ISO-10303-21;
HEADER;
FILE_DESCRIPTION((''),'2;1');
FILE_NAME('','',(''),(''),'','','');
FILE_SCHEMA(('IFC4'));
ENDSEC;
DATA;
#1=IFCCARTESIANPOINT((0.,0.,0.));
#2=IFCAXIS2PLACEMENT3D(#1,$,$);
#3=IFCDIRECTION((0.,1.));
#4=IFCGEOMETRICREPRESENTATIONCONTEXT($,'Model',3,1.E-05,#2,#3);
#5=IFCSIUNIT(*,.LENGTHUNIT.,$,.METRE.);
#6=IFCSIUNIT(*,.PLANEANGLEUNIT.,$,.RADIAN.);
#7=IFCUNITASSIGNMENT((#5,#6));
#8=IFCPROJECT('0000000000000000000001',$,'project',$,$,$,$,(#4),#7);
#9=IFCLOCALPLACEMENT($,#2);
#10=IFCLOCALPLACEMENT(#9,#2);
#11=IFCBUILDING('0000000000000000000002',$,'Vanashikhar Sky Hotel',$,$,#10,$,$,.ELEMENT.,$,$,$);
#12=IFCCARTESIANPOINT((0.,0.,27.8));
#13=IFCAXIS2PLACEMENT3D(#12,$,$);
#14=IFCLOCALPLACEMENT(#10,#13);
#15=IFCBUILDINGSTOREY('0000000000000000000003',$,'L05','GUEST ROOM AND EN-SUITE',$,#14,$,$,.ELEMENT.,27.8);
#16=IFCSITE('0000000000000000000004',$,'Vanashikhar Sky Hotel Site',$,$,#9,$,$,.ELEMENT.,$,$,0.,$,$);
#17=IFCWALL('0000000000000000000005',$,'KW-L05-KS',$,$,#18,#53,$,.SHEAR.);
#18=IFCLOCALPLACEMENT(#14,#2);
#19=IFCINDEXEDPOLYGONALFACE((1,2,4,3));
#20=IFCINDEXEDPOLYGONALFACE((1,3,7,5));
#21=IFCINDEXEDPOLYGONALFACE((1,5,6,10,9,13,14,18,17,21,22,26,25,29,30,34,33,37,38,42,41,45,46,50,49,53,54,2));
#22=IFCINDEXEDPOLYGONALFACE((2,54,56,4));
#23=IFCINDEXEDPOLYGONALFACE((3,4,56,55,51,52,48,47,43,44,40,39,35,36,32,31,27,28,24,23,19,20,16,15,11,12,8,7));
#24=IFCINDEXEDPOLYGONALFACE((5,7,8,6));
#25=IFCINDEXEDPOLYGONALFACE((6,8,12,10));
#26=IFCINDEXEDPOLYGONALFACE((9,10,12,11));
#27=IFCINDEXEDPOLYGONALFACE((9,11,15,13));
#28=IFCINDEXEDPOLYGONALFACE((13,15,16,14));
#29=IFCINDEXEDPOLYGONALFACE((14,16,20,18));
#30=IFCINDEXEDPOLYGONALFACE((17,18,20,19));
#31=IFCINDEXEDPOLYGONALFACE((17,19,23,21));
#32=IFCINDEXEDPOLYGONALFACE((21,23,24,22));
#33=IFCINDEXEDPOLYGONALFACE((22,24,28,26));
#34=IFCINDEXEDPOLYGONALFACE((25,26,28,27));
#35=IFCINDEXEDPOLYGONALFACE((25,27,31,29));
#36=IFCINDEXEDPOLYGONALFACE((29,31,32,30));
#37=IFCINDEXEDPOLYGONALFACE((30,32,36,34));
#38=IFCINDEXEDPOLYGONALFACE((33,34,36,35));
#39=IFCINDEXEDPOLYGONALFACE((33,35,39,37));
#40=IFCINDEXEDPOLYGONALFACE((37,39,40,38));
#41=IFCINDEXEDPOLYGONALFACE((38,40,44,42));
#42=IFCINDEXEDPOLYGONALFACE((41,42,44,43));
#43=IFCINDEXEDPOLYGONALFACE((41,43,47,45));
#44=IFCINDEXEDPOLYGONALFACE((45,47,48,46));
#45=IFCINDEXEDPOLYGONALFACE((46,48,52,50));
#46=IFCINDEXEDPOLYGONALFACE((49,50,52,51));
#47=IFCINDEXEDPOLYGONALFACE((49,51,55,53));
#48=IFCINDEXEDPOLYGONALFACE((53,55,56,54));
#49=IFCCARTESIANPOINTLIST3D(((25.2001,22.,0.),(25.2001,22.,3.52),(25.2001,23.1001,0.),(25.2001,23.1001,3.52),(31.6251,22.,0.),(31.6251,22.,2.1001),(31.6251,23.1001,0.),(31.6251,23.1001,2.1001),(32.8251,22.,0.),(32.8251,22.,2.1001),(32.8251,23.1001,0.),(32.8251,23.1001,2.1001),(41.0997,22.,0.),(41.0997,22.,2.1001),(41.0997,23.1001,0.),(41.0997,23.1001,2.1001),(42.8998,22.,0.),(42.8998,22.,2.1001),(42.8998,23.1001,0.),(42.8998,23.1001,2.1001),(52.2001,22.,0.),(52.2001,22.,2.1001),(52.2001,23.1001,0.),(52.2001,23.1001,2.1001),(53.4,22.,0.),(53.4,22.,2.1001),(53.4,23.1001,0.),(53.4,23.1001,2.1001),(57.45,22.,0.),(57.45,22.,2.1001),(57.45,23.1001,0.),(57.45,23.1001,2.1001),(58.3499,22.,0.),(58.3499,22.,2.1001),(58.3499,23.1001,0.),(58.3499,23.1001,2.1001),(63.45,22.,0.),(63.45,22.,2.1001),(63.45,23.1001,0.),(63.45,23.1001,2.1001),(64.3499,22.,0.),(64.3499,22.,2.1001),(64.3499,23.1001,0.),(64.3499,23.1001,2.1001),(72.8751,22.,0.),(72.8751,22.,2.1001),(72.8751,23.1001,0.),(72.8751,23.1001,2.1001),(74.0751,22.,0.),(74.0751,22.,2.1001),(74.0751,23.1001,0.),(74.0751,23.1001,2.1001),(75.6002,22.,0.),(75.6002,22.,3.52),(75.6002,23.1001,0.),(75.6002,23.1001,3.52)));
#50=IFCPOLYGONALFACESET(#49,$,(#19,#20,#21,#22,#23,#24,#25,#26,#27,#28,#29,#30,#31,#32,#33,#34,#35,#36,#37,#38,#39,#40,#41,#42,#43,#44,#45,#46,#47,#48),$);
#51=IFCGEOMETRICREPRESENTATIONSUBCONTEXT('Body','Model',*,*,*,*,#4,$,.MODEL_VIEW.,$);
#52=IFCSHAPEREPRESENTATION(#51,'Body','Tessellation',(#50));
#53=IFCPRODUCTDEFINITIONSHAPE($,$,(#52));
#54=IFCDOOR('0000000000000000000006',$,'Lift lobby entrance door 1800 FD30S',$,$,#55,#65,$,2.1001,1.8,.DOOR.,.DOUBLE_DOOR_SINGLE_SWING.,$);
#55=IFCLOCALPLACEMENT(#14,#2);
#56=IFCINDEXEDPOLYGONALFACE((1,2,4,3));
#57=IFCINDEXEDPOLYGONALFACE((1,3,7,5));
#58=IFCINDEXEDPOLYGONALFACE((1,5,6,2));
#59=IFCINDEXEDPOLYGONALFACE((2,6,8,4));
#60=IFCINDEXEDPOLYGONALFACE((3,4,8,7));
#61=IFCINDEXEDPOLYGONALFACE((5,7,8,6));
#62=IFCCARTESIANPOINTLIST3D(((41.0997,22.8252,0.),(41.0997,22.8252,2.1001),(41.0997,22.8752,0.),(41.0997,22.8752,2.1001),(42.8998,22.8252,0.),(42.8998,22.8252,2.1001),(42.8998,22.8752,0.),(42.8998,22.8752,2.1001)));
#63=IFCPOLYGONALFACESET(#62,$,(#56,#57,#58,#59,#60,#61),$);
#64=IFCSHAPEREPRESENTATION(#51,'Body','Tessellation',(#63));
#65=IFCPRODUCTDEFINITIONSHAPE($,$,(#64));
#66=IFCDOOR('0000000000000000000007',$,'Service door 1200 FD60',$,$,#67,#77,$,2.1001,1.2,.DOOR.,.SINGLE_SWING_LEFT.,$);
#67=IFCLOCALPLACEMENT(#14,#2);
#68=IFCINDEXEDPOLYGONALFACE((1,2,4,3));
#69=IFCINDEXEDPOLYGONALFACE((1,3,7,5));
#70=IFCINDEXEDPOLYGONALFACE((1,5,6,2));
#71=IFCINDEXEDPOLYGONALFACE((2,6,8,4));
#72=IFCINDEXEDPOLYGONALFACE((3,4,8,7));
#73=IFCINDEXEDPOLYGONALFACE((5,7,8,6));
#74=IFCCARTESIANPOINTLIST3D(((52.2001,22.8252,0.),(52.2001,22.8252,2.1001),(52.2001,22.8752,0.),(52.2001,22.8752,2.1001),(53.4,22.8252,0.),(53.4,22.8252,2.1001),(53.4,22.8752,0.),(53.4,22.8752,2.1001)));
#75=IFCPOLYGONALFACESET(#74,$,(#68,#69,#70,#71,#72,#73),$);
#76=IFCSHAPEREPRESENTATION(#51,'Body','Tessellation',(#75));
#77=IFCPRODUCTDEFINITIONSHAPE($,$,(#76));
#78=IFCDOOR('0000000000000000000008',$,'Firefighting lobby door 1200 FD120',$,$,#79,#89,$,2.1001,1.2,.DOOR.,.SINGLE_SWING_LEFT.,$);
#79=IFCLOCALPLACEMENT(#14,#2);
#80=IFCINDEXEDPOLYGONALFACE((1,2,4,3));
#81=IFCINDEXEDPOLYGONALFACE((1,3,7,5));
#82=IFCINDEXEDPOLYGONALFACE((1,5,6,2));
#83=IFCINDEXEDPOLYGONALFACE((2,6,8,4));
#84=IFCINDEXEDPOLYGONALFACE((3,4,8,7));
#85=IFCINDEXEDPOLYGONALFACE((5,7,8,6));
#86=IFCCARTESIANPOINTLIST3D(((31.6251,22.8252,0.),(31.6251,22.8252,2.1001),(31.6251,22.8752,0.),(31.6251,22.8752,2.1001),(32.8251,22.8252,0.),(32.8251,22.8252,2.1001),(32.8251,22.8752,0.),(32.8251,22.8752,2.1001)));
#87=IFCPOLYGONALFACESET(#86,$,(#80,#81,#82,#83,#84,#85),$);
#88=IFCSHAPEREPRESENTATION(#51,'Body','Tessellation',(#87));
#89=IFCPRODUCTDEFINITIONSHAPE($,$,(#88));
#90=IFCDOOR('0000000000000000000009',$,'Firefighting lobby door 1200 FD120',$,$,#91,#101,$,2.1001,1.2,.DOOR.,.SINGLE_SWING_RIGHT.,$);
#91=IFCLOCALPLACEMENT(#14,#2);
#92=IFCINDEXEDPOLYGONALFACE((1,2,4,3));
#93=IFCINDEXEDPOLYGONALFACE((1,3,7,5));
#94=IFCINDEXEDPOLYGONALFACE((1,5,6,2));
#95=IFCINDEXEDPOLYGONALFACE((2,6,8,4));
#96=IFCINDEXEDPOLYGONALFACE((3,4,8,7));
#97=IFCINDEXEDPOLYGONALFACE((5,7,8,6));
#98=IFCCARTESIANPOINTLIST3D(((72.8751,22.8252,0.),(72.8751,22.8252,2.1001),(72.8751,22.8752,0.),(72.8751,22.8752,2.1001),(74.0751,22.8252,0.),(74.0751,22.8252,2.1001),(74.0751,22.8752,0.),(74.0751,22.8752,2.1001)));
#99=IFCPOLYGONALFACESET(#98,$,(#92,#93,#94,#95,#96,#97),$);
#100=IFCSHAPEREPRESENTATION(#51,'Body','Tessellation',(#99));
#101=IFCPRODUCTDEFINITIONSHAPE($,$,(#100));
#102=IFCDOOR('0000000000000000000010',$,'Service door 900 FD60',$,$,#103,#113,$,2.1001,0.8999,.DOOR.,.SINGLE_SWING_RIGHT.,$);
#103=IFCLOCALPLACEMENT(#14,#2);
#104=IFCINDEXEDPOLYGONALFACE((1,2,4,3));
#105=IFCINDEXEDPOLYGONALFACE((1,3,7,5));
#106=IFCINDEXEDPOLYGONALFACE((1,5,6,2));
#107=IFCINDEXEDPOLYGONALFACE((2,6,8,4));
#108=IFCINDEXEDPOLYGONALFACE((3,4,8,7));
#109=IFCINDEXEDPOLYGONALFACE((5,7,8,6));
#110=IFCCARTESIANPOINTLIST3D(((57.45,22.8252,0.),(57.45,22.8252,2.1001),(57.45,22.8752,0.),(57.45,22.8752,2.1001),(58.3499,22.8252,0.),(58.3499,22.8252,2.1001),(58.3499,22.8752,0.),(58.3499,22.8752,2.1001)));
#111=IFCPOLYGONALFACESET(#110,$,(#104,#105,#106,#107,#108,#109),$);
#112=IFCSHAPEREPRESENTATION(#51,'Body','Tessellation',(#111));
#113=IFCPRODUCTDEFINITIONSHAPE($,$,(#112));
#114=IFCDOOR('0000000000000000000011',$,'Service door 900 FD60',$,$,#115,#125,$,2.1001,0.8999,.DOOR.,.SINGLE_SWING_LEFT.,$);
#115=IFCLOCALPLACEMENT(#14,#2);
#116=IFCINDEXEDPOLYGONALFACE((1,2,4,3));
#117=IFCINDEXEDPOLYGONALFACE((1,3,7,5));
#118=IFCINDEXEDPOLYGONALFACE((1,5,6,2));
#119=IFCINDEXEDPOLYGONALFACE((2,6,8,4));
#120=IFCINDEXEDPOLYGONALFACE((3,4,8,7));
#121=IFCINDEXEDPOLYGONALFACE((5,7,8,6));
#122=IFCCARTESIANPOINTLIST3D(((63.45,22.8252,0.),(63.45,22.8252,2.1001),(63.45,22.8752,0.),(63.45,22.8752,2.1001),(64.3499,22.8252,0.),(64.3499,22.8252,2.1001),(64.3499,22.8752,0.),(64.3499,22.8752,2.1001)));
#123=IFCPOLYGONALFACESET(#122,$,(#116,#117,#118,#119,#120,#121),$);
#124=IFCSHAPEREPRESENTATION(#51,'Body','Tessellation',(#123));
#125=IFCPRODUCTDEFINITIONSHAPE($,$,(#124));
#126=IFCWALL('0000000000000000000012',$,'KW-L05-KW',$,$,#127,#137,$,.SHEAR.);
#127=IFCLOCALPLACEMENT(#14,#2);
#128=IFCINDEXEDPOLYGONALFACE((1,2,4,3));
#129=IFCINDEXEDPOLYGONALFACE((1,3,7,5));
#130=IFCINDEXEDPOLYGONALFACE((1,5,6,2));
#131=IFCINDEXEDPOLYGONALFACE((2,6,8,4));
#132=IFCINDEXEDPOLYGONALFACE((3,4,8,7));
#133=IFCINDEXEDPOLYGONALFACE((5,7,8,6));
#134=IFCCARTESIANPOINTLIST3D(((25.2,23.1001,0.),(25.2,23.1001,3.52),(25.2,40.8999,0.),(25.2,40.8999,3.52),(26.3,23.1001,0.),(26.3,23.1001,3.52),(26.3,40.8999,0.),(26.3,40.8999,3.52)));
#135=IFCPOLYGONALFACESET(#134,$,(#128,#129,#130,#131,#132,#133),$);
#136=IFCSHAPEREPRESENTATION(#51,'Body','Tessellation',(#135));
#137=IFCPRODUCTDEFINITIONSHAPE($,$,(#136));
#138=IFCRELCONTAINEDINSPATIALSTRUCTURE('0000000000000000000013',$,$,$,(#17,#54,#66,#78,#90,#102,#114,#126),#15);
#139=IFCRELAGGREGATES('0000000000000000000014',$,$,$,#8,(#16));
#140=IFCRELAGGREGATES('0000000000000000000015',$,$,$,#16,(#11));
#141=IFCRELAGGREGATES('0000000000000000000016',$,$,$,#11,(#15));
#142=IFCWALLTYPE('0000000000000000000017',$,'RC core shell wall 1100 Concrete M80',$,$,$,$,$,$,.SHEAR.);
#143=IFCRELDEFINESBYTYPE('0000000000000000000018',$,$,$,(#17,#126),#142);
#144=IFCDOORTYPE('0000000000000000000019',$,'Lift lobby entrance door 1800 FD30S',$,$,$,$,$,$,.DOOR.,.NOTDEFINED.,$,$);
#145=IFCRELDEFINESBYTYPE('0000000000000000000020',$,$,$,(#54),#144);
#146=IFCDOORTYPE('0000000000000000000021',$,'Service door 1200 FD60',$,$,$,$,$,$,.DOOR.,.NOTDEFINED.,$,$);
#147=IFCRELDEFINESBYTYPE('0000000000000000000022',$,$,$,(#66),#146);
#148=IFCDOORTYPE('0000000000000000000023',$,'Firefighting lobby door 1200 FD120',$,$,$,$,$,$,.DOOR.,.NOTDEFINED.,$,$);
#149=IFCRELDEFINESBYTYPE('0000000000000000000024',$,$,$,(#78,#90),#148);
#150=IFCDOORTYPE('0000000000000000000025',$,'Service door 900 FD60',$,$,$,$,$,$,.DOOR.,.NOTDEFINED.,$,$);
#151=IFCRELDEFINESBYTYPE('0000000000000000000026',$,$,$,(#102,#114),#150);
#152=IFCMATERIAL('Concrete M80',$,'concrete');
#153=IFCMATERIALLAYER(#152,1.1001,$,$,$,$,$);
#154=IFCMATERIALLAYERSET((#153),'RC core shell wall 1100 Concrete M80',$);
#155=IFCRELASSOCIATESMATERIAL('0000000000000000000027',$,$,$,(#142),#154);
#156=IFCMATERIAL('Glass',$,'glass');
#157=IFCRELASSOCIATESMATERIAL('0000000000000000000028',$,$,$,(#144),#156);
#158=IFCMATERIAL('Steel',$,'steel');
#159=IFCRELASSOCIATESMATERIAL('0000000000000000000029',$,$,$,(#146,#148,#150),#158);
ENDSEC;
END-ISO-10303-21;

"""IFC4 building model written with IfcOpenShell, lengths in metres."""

from ifc_helpers import new_model, si_unit, direction, frame, frame_2d, origin, place, context, subcontext, project, spatial, rectangle, extrude, source, transform, mapped, material, layer, layer_set, type_object, element, fill, save


model = new_model("IFC4")

# Units and contexts
model_context = context("Model", 3, precision=1e-05, world=origin(), true_north=direction((0.0, 1.0)))
body_context = subcontext(model_context, "Body", "Model", "MODEL_VIEW")
ifc_project = project(units=[si_unit("LENGTHUNIT", "METRE"), si_unit("PLANEANGLEUNIT", "RADIAN")], contexts=[model_context])

# Site, building, storey
site_placement = place(None, origin())
site = spatial("IfcSite", under=ifc_project, at=site_placement, Name="Vanashikhar Sky Hotel Site", CompositionType="ELEMENT", RefElevation=0.0)
building_placement = place(site_placement, origin())
building = spatial("IfcBuilding", under=site, at=building_placement, Name="Vanashikhar Sky Hotel", CompositionType="ELEMENT")
storey_placement = place(building_placement, frame((0.0, 0.0, 27.8)))
storey = spatial("IfcBuildingStorey", under=building, at=storey_placement, Name="L05", Description="GUEST ROOM AND EN-SUITE", CompositionType="ELEMENT", Elevation=27.8)

# Wall, openings, doors
ifc_material_1 = material(Name="Concrete M80", Category="concrete")
ifc_layer_1 = layer(ifc_material_1, 1.1001)
ifc_layer_set_1 = layer_set([ifc_layer_1], Name="RC core shell wall 1100 Concrete M80")
wall_type_1 = type_object("IfcWallType", Name="RC core shell wall 1100 Concrete M80", PredefinedType="SHEAR", material=ifc_layer_set_1)
shared_shape_1 = source(origin(), body_context, "Body", "SweptSolid", [
    extrude(rectangle(XDim=50.4001, YDim=1.1001, at=frame_2d((25.2002, 0.0))), origin(), (0.0, 0.0, 1.0), 3.52),
])
wall_1_placement = place(storey_placement, frame((25.2, 22.55, 0.0), z_axis=(0.0, 0.0, 1.0), x_axis=(1.0, 0.0, 0.0)))
wall_1 = element("IfcWall", 1, at=wall_1_placement, inside=storey, type_object=wall_type_1, Name="KW-L05-KS", PredefinedType="SHEAR", context=body_context, shape_type="MappedRepresentation", body=[
    mapped(shared_shape_1, transform((0.0, 0.0, 0.0), scale=1.0)),
])
shared_shape_2 = source(origin(), body_context, "Body", "SweptSolid", [
    extrude(rectangle(XDim=1.8, YDim=2.1001, at=frame_2d((0.8999, 1.05))), frame((0.0, 0.5601, 0.0), z_axis=(0.0, -1.0, 0.0), x_axis=(1.0, 0.0, 0.0)), (0.0, 0.0, 1.0), 1.1201),
])
opening_1_placement = place(wall_1_placement, frame((15.8999, 0.0, 0.0)))
opening_1 = element("IfcOpeningElement", 2, at=opening_1_placement, cuts=wall_1, PredefinedType="OPENING", context=body_context, shape_type="MappedRepresentation", body=[
    mapped(shared_shape_2, transform((0.0, 0.0, 0.0), scale=1.0)),
])
shared_shape_3 = source(origin(), body_context, "Body", "SweptSolid", [
    extrude(rectangle(XDim=1.2, YDim=2.1001, at=frame_2d((0.6001, 1.05))), frame((0.0, 0.5601, 0.0), z_axis=(0.0, -1.0, 0.0), x_axis=(1.0, 0.0, 0.0)), (0.0, 0.0, 1.0), 1.1201),
])
opening_2_placement = place(wall_1_placement, frame((27.0, 0.0, 0.0)))
opening_2 = element("IfcOpeningElement", 3, at=opening_2_placement, cuts=wall_1, PredefinedType="OPENING", context=body_context, shape_type="MappedRepresentation", body=[
    mapped(shared_shape_3, transform((0.0, 0.0, 0.0), scale=1.0)),
])
shared_shape_4 = source(origin(), body_context, "Body", "SweptSolid", [
    extrude(rectangle(XDim=0.8999, YDim=2.1001, at=frame_2d((0.45, 1.05))), frame((0.0, 0.5601, 0.0), z_axis=(0.0, -1.0, 0.0), x_axis=(1.0, 0.0, 0.0)), (0.0, 0.0, 1.0), 1.1201),
])
opening_3_placement = place(wall_1_placement, frame((32.25, 0.0, 0.0)))
opening_3 = element("IfcOpeningElement", 4, at=opening_3_placement, cuts=wall_1, PredefinedType="OPENING", context=body_context, shape_type="MappedRepresentation", body=[
    mapped(shared_shape_4, transform((0.0, 0.0, 0.0), scale=1.0)),
])
opening_4_placement = place(wall_1_placement, frame((38.25, 0.0, 0.0)))
opening_4 = element("IfcOpeningElement", 5, at=opening_4_placement, cuts=wall_1, PredefinedType="OPENING", context=body_context, shape_type="MappedRepresentation", body=[
    mapped(shared_shape_4, transform((0.0, 0.0, 0.0), scale=1.0)),
])
opening_5_placement = place(wall_1_placement, frame((6.425, 0.0, 0.0)))
opening_5 = element("IfcOpeningElement", 6, at=opening_5_placement, cuts=wall_1, PredefinedType="OPENING", context=body_context, shape_type="MappedRepresentation", body=[
    mapped(shared_shape_3, transform((0.0, 0.0, 0.0), scale=1.0)),
])
opening_6_placement = place(wall_1_placement, frame((47.675, 0.0, 0.0)))
opening_6 = element("IfcOpeningElement", 7, at=opening_6_placement, cuts=wall_1, PredefinedType="OPENING", context=body_context, shape_type="MappedRepresentation", body=[
    mapped(shared_shape_3, transform((0.0, 0.0, 0.0), scale=1.0)),
])
ifc_material_2 = material(Name="Glass", Category="glass")
door_type_1 = type_object("IfcDoorType", Name="Lift lobby entrance door 1800 FD30S", OperationType="NOTDEFINED", PredefinedType="DOOR", material=ifc_material_2)
shared_shape_5 = source(origin(), body_context, "Body", "SweptSolid", [
    extrude(rectangle(XDim=1.8, YDim=2.1001, at=frame_2d((0.8999, 1.05))), frame((0.0, 0.3252, 0.0), z_axis=(0.0, -1.0, 0.0), x_axis=(1.0, 0.0, 0.0)), (0.0, 0.0, 1.0), 0.05),
])
door_1_placement = place(opening_1_placement, origin())
door_1 = element("IfcDoor", 8, at=door_1_placement, inside=storey, type_object=door_type_1, Name="Lift lobby entrance door 1800 FD30S", OperationType="DOUBLE_DOOR_SINGLE_SWING", OverallHeight=2.1001, OverallWidth=1.8, PredefinedType="DOOR", context=body_context, shape_type="MappedRepresentation", body=[
    mapped(shared_shape_5, transform((0.0, 0.0, 0.0), scale=1.0)),
])
fill(opening_1, door_1)
ifc_material_3 = material(Name="Steel", Category="steel")
door_type_2 = type_object("IfcDoorType", Name="Service door 1200 FD60", OperationType="NOTDEFINED", PredefinedType="DOOR", material=ifc_material_3)
shared_shape_6 = source(origin(), body_context, "Body", "SweptSolid", [
    extrude(rectangle(XDim=1.2, YDim=2.1001, at=frame_2d((0.6001, 1.05))), frame((0.0, 0.3252, 0.0), z_axis=(0.0, -1.0, 0.0), x_axis=(1.0, 0.0, 0.0)), (0.0, 0.0, 1.0), 0.05),
])
door_2_placement = place(opening_2_placement, origin())
door_2 = element("IfcDoor", 9, at=door_2_placement, inside=storey, type_object=door_type_2, Name="Service door 1200 FD60", OperationType="SINGLE_SWING_LEFT", OverallHeight=2.1001, OverallWidth=1.2, PredefinedType="DOOR", context=body_context, shape_type="MappedRepresentation", body=[
    mapped(shared_shape_6, transform((0.0, 0.0, 0.0), scale=1.0)),
])
fill(opening_2, door_2)
door_type_3 = type_object("IfcDoorType", Name="Firefighting lobby door 1200 FD120", OperationType="NOTDEFINED", PredefinedType="DOOR", material=ifc_material_3)
door_3_placement = place(opening_5_placement, origin())
door_3 = element("IfcDoor", 10, at=door_3_placement, inside=storey, type_object=door_type_3, Name="Firefighting lobby door 1200 FD120", OperationType="SINGLE_SWING_LEFT", OverallHeight=2.1001, OverallWidth=1.2, PredefinedType="DOOR", context=body_context, shape_type="MappedRepresentation", body=[
    mapped(shared_shape_6, transform((0.0, 0.0, 0.0), scale=1.0)),
])
fill(opening_5, door_3)
door_4_placement = place(opening_6_placement, origin())
door_4 = element("IfcDoor", 11, at=door_4_placement, inside=storey, type_object=door_type_3, Name="Firefighting lobby door 1200 FD120", OperationType="SINGLE_SWING_RIGHT", OverallHeight=2.1001, OverallWidth=1.2, PredefinedType="DOOR", context=body_context, shape_type="MappedRepresentation", body=[
    mapped(shared_shape_6, transform((0.0, 0.0, 0.0), scale=1.0)),
])
fill(opening_6, door_4)
door_type_4 = type_object("IfcDoorType", Name="Service door 900 FD60", OperationType="NOTDEFINED", PredefinedType="DOOR", material=ifc_material_3)
shared_shape_7 = source(origin(), body_context, "Body", "SweptSolid", [
    extrude(rectangle(XDim=0.8999, YDim=2.1001, at=frame_2d((0.45, 1.05))), frame((0.0, 0.3252, 0.0), z_axis=(0.0, -1.0, 0.0), x_axis=(1.0, 0.0, 0.0)), (0.0, 0.0, 1.0), 0.05),
])
door_5_placement = place(opening_3_placement, origin())
door_5 = element("IfcDoor", 12, at=door_5_placement, inside=storey, type_object=door_type_4, Name="Service door 900 FD60", OperationType="SINGLE_SWING_RIGHT", OverallHeight=2.1001, OverallWidth=0.8999, PredefinedType="DOOR", context=body_context, shape_type="MappedRepresentation", body=[
    mapped(shared_shape_7, transform((0.0, 0.0, 0.0), scale=1.0)),
])
fill(opening_3, door_5)
door_6_placement = place(opening_4_placement, origin())
door_6 = element("IfcDoor", 13, at=door_6_placement, inside=storey, type_object=door_type_4, Name="Service door 900 FD60", OperationType="SINGLE_SWING_LEFT", OverallHeight=2.1001, OverallWidth=0.8999, PredefinedType="DOOR", context=body_context, shape_type="MappedRepresentation", body=[
    mapped(shared_shape_7, transform((0.0, 0.0, 0.0), scale=1.0)),
])
fill(opening_4, door_6)

# Wall
shared_shape_8 = source(origin(), body_context, "Body", "SweptSolid", [
    extrude(rectangle(XDim=17.7998, YDim=1.1001, at=frame_2d((8.8999, 0.0))), origin(), (0.0, 0.0, 1.0), 3.52),
])
wall_2_placement = place(storey_placement, frame((25.75, 23.1001, 0.0), z_axis=(0.0, 0.0, 1.0), x_axis=(0.0, 1.0, 0.0)))
element("IfcWall", 14, at=wall_2_placement, inside=storey, type_object=wall_type_1, Name="KW-L05-KW", PredefinedType="SHEAR", context=body_context, shape_type="MappedRepresentation", body=[
    mapped(shared_shape_8, transform((0.0, 0.0, 0.0), scale=1.0)),
])

save(model, "model.ifc")
